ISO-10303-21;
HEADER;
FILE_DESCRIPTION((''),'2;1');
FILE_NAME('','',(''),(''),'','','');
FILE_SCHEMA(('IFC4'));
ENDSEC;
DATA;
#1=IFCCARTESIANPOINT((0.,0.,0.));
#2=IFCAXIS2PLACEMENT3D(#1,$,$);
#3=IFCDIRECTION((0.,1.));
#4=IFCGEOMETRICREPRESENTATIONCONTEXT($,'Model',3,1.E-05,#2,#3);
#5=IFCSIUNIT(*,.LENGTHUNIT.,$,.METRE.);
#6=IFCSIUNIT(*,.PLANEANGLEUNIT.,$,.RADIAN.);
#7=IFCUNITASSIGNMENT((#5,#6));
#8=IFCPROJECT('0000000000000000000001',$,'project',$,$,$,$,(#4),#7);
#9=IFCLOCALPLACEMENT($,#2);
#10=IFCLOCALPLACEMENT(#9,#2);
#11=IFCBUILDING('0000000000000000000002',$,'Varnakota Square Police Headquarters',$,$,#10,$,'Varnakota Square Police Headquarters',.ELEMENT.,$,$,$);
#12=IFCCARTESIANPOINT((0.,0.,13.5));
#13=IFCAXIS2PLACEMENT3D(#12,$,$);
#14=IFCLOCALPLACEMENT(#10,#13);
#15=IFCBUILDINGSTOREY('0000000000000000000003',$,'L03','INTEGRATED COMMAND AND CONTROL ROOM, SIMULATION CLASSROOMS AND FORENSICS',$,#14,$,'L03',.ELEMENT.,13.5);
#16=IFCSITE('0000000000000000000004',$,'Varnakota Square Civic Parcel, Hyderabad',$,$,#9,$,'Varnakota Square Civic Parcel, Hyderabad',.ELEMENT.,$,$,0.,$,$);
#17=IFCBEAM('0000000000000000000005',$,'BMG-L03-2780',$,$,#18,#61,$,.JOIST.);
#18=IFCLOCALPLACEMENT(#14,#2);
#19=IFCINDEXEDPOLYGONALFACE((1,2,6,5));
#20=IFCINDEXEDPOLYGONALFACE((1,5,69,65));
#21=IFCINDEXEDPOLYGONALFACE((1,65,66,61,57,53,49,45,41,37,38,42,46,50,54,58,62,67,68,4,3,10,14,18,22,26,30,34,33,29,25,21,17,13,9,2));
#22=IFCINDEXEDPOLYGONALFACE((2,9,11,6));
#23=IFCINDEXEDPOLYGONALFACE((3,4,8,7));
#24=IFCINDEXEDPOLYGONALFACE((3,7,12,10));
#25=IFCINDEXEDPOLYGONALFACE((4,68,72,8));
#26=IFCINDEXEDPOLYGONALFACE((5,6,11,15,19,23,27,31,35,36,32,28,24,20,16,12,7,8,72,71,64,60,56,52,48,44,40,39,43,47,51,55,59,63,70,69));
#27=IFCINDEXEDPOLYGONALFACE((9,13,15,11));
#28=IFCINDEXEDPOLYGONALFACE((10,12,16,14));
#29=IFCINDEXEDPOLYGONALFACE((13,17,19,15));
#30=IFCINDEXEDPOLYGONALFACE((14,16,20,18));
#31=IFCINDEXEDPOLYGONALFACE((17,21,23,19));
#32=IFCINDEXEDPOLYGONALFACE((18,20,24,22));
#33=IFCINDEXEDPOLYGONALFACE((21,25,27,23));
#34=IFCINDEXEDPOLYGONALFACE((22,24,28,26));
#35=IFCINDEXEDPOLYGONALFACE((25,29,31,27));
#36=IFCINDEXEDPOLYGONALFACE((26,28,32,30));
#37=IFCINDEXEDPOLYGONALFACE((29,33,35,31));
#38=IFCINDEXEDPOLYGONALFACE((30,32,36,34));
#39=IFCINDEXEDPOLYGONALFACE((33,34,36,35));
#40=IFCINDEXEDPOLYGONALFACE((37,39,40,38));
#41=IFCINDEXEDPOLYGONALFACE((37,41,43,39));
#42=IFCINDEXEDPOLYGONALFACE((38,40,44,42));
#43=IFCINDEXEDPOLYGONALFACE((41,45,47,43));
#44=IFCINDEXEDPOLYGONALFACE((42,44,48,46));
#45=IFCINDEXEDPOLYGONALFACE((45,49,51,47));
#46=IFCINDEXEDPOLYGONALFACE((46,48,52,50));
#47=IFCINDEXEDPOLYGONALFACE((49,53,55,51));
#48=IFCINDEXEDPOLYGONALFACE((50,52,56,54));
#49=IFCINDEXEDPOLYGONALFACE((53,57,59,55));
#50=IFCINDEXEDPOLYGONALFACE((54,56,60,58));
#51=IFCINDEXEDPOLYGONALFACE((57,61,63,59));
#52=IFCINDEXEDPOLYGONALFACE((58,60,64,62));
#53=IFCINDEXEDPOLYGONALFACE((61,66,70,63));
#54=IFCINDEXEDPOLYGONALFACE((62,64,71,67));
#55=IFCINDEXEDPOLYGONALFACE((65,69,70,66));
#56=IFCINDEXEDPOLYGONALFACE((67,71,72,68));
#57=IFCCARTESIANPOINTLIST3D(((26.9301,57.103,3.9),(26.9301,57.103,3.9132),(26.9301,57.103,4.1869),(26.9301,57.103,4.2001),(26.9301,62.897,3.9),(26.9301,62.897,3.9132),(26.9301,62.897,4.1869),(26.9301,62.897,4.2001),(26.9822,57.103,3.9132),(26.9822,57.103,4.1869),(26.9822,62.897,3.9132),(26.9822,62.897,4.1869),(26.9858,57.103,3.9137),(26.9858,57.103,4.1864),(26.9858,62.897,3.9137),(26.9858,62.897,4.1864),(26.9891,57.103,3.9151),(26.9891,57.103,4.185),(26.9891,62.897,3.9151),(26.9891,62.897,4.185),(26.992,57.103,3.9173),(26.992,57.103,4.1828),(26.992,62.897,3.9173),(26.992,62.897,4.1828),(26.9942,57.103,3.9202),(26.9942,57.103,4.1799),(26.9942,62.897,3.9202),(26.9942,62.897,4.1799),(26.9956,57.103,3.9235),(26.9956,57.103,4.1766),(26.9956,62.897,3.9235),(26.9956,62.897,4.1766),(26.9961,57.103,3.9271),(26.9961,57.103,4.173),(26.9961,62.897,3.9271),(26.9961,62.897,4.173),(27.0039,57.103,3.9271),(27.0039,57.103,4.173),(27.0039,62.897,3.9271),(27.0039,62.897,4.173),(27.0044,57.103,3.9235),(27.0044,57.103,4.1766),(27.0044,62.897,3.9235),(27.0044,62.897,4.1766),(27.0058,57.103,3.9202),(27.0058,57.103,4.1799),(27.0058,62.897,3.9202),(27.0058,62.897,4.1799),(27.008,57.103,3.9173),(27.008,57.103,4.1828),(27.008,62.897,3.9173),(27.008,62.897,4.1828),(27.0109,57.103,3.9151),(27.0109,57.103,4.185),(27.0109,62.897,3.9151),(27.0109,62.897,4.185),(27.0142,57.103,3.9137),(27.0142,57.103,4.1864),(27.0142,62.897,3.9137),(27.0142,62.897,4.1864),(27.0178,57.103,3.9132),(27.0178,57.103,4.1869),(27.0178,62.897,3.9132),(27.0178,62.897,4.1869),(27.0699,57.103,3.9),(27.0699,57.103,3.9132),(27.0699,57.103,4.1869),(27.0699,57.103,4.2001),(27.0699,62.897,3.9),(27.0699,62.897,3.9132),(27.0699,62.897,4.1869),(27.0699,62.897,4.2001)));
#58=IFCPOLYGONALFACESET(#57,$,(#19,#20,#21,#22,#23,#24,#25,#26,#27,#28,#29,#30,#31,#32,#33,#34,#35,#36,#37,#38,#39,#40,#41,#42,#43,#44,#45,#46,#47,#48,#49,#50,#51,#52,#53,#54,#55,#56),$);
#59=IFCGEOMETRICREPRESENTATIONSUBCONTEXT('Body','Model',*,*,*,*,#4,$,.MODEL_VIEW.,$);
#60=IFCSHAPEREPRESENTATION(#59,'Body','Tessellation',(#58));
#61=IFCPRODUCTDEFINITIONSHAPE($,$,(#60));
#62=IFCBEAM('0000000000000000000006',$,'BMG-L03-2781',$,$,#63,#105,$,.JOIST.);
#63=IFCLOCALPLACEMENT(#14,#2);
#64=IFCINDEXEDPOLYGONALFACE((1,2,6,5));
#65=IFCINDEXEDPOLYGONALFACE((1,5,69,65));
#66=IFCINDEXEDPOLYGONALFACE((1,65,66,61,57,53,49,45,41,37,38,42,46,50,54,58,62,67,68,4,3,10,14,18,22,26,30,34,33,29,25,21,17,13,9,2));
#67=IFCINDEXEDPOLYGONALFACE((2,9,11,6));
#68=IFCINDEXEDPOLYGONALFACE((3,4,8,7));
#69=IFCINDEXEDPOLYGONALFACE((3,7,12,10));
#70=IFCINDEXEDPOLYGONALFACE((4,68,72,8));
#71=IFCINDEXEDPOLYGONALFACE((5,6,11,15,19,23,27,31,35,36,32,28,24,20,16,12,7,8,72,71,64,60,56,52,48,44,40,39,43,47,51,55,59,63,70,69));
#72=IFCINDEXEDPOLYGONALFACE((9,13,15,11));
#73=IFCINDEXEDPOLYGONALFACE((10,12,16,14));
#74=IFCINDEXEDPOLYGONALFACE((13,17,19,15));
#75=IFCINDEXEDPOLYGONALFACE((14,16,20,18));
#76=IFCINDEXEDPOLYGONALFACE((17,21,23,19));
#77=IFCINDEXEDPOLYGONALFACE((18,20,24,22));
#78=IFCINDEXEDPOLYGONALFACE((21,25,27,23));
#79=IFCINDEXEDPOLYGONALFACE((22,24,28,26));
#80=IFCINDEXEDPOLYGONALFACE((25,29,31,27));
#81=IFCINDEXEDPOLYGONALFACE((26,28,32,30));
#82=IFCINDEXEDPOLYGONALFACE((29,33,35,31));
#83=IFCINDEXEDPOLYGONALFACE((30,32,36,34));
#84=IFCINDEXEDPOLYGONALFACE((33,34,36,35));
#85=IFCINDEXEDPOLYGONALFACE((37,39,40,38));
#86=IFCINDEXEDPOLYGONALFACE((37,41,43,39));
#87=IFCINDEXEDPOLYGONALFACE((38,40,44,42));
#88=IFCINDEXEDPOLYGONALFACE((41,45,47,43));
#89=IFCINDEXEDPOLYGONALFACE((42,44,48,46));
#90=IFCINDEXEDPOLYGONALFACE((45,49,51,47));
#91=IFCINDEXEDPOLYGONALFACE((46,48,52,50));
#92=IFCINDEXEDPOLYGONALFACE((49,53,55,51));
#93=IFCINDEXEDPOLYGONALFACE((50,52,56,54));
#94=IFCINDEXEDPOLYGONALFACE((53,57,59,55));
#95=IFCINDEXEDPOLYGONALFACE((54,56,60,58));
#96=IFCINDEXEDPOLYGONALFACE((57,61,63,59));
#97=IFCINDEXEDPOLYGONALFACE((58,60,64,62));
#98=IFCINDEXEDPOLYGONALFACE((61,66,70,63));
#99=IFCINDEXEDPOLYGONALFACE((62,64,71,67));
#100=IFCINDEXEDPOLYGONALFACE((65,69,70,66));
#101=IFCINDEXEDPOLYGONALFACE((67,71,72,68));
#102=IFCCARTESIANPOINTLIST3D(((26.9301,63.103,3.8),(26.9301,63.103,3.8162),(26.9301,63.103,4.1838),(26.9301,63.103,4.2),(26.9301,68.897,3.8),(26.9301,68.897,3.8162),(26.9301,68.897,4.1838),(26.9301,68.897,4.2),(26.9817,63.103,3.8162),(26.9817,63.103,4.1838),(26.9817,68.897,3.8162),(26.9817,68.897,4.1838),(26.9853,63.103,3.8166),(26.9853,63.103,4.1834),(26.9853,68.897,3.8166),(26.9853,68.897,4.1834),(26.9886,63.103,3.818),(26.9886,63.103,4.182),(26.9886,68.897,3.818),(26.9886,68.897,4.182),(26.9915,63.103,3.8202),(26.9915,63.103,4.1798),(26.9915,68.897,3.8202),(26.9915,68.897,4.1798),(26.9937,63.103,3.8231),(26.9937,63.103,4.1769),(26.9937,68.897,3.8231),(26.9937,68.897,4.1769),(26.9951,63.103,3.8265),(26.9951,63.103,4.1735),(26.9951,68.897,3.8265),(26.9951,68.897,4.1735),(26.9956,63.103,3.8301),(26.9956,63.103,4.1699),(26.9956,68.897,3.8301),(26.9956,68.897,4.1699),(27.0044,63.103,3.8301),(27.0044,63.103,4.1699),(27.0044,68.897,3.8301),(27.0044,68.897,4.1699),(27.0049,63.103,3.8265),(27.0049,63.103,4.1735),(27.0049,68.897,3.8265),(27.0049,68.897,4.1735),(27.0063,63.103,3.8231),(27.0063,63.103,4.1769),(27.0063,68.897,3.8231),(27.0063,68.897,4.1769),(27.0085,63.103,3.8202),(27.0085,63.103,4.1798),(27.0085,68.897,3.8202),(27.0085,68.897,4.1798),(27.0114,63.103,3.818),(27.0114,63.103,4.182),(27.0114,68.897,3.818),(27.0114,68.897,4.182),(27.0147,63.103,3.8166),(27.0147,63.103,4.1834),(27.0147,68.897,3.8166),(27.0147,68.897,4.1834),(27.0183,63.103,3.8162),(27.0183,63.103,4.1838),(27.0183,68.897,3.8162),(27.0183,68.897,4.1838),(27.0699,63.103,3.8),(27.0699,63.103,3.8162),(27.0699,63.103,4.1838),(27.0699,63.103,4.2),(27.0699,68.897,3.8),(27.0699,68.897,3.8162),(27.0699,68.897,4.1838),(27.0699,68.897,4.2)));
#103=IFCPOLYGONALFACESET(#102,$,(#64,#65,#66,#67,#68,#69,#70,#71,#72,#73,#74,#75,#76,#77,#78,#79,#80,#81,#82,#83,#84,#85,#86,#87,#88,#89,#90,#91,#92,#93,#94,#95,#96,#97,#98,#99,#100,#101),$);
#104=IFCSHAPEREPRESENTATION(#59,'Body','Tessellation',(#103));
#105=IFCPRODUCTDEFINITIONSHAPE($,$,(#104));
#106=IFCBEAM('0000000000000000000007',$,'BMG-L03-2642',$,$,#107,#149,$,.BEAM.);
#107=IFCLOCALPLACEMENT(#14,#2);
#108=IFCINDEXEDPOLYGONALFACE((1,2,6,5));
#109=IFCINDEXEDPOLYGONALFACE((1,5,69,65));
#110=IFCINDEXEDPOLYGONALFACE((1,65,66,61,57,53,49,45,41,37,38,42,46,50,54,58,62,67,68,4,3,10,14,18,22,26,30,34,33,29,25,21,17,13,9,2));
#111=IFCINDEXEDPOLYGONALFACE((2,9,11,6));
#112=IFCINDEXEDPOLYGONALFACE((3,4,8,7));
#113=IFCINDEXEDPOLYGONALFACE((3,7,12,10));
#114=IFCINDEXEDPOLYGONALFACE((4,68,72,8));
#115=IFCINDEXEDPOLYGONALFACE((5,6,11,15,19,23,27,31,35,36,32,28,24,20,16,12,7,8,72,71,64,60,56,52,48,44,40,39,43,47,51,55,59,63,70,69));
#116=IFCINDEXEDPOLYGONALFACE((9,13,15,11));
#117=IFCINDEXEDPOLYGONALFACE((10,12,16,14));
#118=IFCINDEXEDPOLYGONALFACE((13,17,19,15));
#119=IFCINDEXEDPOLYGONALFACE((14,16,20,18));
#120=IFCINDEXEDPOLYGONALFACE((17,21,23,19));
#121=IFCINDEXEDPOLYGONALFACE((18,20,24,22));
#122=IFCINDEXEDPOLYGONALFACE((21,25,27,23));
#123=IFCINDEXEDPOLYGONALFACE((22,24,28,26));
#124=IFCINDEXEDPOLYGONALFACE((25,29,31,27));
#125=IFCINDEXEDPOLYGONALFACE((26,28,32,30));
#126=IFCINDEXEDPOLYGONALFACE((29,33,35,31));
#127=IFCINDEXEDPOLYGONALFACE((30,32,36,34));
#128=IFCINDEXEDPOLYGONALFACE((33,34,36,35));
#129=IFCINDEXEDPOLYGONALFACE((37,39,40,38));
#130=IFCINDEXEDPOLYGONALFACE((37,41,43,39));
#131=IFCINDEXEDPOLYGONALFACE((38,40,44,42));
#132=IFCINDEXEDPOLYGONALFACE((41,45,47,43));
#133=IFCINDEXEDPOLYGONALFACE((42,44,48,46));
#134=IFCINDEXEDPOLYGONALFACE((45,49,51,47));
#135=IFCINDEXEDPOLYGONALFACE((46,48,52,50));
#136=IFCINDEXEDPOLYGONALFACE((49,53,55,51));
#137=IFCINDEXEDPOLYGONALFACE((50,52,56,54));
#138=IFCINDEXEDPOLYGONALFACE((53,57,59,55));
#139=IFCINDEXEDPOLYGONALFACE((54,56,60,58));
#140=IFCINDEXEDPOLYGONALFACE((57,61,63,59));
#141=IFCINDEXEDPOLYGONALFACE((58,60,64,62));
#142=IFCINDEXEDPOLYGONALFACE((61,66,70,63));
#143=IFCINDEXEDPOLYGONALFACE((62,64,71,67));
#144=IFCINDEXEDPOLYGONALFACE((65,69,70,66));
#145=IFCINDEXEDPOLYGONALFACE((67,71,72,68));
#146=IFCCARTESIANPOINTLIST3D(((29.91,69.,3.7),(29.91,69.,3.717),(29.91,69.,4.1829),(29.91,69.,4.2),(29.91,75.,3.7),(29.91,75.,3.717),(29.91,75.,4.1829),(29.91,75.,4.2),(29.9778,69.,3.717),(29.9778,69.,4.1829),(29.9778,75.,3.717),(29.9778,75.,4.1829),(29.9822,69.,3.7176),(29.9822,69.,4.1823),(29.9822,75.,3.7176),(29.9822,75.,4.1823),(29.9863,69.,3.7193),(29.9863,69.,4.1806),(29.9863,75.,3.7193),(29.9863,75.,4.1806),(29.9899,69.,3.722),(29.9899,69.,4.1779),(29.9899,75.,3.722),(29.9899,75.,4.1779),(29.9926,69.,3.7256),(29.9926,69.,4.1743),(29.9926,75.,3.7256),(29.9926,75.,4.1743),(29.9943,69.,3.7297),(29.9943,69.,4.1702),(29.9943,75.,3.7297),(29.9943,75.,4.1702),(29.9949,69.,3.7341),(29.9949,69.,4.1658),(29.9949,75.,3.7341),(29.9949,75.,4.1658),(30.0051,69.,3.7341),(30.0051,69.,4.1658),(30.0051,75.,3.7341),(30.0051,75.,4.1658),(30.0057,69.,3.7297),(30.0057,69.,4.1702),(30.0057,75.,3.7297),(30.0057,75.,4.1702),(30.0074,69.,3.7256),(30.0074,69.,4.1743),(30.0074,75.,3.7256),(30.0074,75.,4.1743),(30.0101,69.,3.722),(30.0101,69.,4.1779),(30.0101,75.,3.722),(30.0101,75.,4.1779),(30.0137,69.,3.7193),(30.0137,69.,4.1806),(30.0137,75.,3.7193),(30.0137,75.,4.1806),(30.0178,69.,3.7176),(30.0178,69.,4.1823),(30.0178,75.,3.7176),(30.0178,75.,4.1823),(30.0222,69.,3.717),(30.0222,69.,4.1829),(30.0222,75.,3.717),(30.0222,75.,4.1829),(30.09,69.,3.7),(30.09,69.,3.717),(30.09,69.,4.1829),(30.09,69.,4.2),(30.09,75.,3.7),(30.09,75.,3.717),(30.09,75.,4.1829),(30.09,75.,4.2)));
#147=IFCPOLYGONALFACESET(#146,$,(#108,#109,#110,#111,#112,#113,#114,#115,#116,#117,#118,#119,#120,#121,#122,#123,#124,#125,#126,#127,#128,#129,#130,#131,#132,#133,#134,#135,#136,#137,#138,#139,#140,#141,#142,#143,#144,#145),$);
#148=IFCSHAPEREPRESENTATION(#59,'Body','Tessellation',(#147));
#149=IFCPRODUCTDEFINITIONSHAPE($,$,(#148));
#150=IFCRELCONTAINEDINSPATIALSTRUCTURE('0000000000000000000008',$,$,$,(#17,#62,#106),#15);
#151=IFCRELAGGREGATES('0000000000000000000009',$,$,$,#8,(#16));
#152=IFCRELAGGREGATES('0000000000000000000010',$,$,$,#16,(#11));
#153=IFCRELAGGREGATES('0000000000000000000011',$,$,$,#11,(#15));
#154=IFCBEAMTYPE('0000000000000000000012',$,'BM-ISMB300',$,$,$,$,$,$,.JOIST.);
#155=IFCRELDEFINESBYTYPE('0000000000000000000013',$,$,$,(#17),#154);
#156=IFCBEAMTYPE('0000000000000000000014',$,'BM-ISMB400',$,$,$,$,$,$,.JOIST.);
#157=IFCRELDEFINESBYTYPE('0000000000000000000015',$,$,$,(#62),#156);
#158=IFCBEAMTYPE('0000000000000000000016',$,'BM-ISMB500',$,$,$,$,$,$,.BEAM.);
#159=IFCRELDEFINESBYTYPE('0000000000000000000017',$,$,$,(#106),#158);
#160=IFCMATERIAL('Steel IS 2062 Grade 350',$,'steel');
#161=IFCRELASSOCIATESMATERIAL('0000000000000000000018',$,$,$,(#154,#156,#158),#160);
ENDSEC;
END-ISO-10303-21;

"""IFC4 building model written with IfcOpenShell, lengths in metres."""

from ifc_helpers import new_model, si_unit, direction, frame, origin, origin_2d, place, context, subcontext, project, spatial, i_section, extrude, material, material_profile, profile_set, type_object, element, save


model = new_model("IFC4")

# Units and contexts
model_context = context("Model", 3, precision=1e-05, world=origin(), true_north=direction((0.0, 1.0)))
body_context = subcontext(model_context, "Body", "Model", "MODEL_VIEW")
ifc_project = project(units=[si_unit("LENGTHUNIT", "METRE"), si_unit("PLANEANGLEUNIT", "RADIAN")], contexts=[model_context])

# Site, building, storey
site_placement = place(None, origin())
site = spatial("IfcSite", under=ifc_project, at=site_placement, Name="Varnakota Square Civic Parcel, Hyderabad", LongName="Varnakota Square Civic Parcel, Hyderabad", CompositionType="ELEMENT", RefElevation=0.0)
building_placement = place(site_placement, origin())
building = spatial("IfcBuilding", under=site, at=building_placement, Name="Varnakota Square Police Headquarters", LongName="Varnakota Square Police Headquarters", CompositionType="ELEMENT")
storey_placement = place(building_placement, frame((0.0, 0.0, 13.5)))
storey = spatial("IfcBuildingStorey", under=building, at=storey_placement, Name="L03", Description="INTEGRATED COMMAND AND CONTROL ROOM, SIMULATION CLASSROOMS AND FORENSICS", LongName="L03", CompositionType="ELEMENT", Elevation=13.5)

# Shared definitions
ifc_material_1 = material(Name="Steel IS 2062 Grade 350", Category="steel")

# Beams
ifc_material_profile_1 = material_profile(ifc_material_1, i_section(OverallWidth=0.1399, OverallDepth=0.3, WebThickness=0.0078, FlangeThickness=0.0132, FilletRadius=0.0139, at=origin_2d()), Name="ISMB 300")
ifc_profile_set_1 = profile_set([ifc_material_profile_1], Name="Steel IS 2062 Grade 350")
beam_type_1 = type_object("IfcBeamType", Name="BM-ISMB300", PredefinedType="JOIST", material=ifc_profile_set_1)
beam_1_placement = place(storey_placement, frame((27.0, 57.103, 4.05), z_axis=(0.0, 1.0, 0.0), x_axis=(-1.0, 0.0, 0.0)))
element("IfcBeam", 1, at=beam_1_placement, inside=storey, type_object=beam_type_1, Name="BMG-L03-2780", PredefinedType="JOIST", context=body_context, shape_type="SweptSolid", body=[
    extrude(i_section(OverallWidth=0.1399, OverallDepth=0.3, WebThickness=0.0078, FlangeThickness=0.0132, FilletRadius=0.0139, at=origin_2d()), origin(), (0.0, 0.0, 1.0), 5.7939),
])
ifc_material_profile_2 = material_profile(ifc_material_1, i_section(OverallWidth=0.1399, OverallDepth=0.3999, WebThickness=0.0088, FlangeThickness=0.0161, FilletRadius=0.0139, at=origin_2d()), Name="ISMB 400")
ifc_profile_set_2 = profile_set([ifc_material_profile_2], Name="Steel IS 2062 Grade 350")
beam_type_2 = type_object("IfcBeamType", Name="BM-ISMB400", PredefinedType="JOIST", material=ifc_profile_set_2)
beam_2_placement = place(storey_placement, frame((27.0, 63.103, 4.0), z_axis=(0.0, 1.0, 0.0), x_axis=(-1.0, 0.0, 0.0)))
element("IfcBeam", 2, at=beam_2_placement, inside=storey, type_object=beam_type_2, Name="BMG-L03-2781", PredefinedType="JOIST", context=body_context, shape_type="SweptSolid", body=[
    extrude(i_section(OverallWidth=0.1399, OverallDepth=0.3999, WebThickness=0.0088, FlangeThickness=0.0161, FilletRadius=0.0139, at=origin_2d()), origin(), (0.0, 0.0, 1.0), 5.7939),
])
ifc_material_profile_3 = material_profile(ifc_material_1, i_section(OverallWidth=0.1799, OverallDepth=0.5, WebThickness=0.0103, FlangeThickness=0.0171, FilletRadius=0.0171, at=origin_2d()), Name="ISMB 500")
ifc_profile_set_3 = profile_set([ifc_material_profile_3], Name="Steel IS 2062 Grade 350")
beam_type_3 = type_object("IfcBeamType", Name="BM-ISMB500", PredefinedType="BEAM", material=ifc_profile_set_3)
beam_3_placement = place(storey_placement, frame((30.0, 69.0, 3.95), z_axis=(0.0, 1.0, 0.0), x_axis=(-1.0, 0.0, 0.0)))
element("IfcBeam", 3, at=beam_3_placement, inside=storey, type_object=beam_type_3, Name="BMG-L03-2642", PredefinedType="BEAM", context=body_context, shape_type="SweptSolid", body=[
    extrude(i_section(OverallWidth=0.1799, OverallDepth=0.5, WebThickness=0.0103, FlangeThickness=0.0171, FilletRadius=0.0171, at=origin_2d()), origin(), (0.0, 0.0, 1.0), 6.0),
])

save(model, "model.ifc")
